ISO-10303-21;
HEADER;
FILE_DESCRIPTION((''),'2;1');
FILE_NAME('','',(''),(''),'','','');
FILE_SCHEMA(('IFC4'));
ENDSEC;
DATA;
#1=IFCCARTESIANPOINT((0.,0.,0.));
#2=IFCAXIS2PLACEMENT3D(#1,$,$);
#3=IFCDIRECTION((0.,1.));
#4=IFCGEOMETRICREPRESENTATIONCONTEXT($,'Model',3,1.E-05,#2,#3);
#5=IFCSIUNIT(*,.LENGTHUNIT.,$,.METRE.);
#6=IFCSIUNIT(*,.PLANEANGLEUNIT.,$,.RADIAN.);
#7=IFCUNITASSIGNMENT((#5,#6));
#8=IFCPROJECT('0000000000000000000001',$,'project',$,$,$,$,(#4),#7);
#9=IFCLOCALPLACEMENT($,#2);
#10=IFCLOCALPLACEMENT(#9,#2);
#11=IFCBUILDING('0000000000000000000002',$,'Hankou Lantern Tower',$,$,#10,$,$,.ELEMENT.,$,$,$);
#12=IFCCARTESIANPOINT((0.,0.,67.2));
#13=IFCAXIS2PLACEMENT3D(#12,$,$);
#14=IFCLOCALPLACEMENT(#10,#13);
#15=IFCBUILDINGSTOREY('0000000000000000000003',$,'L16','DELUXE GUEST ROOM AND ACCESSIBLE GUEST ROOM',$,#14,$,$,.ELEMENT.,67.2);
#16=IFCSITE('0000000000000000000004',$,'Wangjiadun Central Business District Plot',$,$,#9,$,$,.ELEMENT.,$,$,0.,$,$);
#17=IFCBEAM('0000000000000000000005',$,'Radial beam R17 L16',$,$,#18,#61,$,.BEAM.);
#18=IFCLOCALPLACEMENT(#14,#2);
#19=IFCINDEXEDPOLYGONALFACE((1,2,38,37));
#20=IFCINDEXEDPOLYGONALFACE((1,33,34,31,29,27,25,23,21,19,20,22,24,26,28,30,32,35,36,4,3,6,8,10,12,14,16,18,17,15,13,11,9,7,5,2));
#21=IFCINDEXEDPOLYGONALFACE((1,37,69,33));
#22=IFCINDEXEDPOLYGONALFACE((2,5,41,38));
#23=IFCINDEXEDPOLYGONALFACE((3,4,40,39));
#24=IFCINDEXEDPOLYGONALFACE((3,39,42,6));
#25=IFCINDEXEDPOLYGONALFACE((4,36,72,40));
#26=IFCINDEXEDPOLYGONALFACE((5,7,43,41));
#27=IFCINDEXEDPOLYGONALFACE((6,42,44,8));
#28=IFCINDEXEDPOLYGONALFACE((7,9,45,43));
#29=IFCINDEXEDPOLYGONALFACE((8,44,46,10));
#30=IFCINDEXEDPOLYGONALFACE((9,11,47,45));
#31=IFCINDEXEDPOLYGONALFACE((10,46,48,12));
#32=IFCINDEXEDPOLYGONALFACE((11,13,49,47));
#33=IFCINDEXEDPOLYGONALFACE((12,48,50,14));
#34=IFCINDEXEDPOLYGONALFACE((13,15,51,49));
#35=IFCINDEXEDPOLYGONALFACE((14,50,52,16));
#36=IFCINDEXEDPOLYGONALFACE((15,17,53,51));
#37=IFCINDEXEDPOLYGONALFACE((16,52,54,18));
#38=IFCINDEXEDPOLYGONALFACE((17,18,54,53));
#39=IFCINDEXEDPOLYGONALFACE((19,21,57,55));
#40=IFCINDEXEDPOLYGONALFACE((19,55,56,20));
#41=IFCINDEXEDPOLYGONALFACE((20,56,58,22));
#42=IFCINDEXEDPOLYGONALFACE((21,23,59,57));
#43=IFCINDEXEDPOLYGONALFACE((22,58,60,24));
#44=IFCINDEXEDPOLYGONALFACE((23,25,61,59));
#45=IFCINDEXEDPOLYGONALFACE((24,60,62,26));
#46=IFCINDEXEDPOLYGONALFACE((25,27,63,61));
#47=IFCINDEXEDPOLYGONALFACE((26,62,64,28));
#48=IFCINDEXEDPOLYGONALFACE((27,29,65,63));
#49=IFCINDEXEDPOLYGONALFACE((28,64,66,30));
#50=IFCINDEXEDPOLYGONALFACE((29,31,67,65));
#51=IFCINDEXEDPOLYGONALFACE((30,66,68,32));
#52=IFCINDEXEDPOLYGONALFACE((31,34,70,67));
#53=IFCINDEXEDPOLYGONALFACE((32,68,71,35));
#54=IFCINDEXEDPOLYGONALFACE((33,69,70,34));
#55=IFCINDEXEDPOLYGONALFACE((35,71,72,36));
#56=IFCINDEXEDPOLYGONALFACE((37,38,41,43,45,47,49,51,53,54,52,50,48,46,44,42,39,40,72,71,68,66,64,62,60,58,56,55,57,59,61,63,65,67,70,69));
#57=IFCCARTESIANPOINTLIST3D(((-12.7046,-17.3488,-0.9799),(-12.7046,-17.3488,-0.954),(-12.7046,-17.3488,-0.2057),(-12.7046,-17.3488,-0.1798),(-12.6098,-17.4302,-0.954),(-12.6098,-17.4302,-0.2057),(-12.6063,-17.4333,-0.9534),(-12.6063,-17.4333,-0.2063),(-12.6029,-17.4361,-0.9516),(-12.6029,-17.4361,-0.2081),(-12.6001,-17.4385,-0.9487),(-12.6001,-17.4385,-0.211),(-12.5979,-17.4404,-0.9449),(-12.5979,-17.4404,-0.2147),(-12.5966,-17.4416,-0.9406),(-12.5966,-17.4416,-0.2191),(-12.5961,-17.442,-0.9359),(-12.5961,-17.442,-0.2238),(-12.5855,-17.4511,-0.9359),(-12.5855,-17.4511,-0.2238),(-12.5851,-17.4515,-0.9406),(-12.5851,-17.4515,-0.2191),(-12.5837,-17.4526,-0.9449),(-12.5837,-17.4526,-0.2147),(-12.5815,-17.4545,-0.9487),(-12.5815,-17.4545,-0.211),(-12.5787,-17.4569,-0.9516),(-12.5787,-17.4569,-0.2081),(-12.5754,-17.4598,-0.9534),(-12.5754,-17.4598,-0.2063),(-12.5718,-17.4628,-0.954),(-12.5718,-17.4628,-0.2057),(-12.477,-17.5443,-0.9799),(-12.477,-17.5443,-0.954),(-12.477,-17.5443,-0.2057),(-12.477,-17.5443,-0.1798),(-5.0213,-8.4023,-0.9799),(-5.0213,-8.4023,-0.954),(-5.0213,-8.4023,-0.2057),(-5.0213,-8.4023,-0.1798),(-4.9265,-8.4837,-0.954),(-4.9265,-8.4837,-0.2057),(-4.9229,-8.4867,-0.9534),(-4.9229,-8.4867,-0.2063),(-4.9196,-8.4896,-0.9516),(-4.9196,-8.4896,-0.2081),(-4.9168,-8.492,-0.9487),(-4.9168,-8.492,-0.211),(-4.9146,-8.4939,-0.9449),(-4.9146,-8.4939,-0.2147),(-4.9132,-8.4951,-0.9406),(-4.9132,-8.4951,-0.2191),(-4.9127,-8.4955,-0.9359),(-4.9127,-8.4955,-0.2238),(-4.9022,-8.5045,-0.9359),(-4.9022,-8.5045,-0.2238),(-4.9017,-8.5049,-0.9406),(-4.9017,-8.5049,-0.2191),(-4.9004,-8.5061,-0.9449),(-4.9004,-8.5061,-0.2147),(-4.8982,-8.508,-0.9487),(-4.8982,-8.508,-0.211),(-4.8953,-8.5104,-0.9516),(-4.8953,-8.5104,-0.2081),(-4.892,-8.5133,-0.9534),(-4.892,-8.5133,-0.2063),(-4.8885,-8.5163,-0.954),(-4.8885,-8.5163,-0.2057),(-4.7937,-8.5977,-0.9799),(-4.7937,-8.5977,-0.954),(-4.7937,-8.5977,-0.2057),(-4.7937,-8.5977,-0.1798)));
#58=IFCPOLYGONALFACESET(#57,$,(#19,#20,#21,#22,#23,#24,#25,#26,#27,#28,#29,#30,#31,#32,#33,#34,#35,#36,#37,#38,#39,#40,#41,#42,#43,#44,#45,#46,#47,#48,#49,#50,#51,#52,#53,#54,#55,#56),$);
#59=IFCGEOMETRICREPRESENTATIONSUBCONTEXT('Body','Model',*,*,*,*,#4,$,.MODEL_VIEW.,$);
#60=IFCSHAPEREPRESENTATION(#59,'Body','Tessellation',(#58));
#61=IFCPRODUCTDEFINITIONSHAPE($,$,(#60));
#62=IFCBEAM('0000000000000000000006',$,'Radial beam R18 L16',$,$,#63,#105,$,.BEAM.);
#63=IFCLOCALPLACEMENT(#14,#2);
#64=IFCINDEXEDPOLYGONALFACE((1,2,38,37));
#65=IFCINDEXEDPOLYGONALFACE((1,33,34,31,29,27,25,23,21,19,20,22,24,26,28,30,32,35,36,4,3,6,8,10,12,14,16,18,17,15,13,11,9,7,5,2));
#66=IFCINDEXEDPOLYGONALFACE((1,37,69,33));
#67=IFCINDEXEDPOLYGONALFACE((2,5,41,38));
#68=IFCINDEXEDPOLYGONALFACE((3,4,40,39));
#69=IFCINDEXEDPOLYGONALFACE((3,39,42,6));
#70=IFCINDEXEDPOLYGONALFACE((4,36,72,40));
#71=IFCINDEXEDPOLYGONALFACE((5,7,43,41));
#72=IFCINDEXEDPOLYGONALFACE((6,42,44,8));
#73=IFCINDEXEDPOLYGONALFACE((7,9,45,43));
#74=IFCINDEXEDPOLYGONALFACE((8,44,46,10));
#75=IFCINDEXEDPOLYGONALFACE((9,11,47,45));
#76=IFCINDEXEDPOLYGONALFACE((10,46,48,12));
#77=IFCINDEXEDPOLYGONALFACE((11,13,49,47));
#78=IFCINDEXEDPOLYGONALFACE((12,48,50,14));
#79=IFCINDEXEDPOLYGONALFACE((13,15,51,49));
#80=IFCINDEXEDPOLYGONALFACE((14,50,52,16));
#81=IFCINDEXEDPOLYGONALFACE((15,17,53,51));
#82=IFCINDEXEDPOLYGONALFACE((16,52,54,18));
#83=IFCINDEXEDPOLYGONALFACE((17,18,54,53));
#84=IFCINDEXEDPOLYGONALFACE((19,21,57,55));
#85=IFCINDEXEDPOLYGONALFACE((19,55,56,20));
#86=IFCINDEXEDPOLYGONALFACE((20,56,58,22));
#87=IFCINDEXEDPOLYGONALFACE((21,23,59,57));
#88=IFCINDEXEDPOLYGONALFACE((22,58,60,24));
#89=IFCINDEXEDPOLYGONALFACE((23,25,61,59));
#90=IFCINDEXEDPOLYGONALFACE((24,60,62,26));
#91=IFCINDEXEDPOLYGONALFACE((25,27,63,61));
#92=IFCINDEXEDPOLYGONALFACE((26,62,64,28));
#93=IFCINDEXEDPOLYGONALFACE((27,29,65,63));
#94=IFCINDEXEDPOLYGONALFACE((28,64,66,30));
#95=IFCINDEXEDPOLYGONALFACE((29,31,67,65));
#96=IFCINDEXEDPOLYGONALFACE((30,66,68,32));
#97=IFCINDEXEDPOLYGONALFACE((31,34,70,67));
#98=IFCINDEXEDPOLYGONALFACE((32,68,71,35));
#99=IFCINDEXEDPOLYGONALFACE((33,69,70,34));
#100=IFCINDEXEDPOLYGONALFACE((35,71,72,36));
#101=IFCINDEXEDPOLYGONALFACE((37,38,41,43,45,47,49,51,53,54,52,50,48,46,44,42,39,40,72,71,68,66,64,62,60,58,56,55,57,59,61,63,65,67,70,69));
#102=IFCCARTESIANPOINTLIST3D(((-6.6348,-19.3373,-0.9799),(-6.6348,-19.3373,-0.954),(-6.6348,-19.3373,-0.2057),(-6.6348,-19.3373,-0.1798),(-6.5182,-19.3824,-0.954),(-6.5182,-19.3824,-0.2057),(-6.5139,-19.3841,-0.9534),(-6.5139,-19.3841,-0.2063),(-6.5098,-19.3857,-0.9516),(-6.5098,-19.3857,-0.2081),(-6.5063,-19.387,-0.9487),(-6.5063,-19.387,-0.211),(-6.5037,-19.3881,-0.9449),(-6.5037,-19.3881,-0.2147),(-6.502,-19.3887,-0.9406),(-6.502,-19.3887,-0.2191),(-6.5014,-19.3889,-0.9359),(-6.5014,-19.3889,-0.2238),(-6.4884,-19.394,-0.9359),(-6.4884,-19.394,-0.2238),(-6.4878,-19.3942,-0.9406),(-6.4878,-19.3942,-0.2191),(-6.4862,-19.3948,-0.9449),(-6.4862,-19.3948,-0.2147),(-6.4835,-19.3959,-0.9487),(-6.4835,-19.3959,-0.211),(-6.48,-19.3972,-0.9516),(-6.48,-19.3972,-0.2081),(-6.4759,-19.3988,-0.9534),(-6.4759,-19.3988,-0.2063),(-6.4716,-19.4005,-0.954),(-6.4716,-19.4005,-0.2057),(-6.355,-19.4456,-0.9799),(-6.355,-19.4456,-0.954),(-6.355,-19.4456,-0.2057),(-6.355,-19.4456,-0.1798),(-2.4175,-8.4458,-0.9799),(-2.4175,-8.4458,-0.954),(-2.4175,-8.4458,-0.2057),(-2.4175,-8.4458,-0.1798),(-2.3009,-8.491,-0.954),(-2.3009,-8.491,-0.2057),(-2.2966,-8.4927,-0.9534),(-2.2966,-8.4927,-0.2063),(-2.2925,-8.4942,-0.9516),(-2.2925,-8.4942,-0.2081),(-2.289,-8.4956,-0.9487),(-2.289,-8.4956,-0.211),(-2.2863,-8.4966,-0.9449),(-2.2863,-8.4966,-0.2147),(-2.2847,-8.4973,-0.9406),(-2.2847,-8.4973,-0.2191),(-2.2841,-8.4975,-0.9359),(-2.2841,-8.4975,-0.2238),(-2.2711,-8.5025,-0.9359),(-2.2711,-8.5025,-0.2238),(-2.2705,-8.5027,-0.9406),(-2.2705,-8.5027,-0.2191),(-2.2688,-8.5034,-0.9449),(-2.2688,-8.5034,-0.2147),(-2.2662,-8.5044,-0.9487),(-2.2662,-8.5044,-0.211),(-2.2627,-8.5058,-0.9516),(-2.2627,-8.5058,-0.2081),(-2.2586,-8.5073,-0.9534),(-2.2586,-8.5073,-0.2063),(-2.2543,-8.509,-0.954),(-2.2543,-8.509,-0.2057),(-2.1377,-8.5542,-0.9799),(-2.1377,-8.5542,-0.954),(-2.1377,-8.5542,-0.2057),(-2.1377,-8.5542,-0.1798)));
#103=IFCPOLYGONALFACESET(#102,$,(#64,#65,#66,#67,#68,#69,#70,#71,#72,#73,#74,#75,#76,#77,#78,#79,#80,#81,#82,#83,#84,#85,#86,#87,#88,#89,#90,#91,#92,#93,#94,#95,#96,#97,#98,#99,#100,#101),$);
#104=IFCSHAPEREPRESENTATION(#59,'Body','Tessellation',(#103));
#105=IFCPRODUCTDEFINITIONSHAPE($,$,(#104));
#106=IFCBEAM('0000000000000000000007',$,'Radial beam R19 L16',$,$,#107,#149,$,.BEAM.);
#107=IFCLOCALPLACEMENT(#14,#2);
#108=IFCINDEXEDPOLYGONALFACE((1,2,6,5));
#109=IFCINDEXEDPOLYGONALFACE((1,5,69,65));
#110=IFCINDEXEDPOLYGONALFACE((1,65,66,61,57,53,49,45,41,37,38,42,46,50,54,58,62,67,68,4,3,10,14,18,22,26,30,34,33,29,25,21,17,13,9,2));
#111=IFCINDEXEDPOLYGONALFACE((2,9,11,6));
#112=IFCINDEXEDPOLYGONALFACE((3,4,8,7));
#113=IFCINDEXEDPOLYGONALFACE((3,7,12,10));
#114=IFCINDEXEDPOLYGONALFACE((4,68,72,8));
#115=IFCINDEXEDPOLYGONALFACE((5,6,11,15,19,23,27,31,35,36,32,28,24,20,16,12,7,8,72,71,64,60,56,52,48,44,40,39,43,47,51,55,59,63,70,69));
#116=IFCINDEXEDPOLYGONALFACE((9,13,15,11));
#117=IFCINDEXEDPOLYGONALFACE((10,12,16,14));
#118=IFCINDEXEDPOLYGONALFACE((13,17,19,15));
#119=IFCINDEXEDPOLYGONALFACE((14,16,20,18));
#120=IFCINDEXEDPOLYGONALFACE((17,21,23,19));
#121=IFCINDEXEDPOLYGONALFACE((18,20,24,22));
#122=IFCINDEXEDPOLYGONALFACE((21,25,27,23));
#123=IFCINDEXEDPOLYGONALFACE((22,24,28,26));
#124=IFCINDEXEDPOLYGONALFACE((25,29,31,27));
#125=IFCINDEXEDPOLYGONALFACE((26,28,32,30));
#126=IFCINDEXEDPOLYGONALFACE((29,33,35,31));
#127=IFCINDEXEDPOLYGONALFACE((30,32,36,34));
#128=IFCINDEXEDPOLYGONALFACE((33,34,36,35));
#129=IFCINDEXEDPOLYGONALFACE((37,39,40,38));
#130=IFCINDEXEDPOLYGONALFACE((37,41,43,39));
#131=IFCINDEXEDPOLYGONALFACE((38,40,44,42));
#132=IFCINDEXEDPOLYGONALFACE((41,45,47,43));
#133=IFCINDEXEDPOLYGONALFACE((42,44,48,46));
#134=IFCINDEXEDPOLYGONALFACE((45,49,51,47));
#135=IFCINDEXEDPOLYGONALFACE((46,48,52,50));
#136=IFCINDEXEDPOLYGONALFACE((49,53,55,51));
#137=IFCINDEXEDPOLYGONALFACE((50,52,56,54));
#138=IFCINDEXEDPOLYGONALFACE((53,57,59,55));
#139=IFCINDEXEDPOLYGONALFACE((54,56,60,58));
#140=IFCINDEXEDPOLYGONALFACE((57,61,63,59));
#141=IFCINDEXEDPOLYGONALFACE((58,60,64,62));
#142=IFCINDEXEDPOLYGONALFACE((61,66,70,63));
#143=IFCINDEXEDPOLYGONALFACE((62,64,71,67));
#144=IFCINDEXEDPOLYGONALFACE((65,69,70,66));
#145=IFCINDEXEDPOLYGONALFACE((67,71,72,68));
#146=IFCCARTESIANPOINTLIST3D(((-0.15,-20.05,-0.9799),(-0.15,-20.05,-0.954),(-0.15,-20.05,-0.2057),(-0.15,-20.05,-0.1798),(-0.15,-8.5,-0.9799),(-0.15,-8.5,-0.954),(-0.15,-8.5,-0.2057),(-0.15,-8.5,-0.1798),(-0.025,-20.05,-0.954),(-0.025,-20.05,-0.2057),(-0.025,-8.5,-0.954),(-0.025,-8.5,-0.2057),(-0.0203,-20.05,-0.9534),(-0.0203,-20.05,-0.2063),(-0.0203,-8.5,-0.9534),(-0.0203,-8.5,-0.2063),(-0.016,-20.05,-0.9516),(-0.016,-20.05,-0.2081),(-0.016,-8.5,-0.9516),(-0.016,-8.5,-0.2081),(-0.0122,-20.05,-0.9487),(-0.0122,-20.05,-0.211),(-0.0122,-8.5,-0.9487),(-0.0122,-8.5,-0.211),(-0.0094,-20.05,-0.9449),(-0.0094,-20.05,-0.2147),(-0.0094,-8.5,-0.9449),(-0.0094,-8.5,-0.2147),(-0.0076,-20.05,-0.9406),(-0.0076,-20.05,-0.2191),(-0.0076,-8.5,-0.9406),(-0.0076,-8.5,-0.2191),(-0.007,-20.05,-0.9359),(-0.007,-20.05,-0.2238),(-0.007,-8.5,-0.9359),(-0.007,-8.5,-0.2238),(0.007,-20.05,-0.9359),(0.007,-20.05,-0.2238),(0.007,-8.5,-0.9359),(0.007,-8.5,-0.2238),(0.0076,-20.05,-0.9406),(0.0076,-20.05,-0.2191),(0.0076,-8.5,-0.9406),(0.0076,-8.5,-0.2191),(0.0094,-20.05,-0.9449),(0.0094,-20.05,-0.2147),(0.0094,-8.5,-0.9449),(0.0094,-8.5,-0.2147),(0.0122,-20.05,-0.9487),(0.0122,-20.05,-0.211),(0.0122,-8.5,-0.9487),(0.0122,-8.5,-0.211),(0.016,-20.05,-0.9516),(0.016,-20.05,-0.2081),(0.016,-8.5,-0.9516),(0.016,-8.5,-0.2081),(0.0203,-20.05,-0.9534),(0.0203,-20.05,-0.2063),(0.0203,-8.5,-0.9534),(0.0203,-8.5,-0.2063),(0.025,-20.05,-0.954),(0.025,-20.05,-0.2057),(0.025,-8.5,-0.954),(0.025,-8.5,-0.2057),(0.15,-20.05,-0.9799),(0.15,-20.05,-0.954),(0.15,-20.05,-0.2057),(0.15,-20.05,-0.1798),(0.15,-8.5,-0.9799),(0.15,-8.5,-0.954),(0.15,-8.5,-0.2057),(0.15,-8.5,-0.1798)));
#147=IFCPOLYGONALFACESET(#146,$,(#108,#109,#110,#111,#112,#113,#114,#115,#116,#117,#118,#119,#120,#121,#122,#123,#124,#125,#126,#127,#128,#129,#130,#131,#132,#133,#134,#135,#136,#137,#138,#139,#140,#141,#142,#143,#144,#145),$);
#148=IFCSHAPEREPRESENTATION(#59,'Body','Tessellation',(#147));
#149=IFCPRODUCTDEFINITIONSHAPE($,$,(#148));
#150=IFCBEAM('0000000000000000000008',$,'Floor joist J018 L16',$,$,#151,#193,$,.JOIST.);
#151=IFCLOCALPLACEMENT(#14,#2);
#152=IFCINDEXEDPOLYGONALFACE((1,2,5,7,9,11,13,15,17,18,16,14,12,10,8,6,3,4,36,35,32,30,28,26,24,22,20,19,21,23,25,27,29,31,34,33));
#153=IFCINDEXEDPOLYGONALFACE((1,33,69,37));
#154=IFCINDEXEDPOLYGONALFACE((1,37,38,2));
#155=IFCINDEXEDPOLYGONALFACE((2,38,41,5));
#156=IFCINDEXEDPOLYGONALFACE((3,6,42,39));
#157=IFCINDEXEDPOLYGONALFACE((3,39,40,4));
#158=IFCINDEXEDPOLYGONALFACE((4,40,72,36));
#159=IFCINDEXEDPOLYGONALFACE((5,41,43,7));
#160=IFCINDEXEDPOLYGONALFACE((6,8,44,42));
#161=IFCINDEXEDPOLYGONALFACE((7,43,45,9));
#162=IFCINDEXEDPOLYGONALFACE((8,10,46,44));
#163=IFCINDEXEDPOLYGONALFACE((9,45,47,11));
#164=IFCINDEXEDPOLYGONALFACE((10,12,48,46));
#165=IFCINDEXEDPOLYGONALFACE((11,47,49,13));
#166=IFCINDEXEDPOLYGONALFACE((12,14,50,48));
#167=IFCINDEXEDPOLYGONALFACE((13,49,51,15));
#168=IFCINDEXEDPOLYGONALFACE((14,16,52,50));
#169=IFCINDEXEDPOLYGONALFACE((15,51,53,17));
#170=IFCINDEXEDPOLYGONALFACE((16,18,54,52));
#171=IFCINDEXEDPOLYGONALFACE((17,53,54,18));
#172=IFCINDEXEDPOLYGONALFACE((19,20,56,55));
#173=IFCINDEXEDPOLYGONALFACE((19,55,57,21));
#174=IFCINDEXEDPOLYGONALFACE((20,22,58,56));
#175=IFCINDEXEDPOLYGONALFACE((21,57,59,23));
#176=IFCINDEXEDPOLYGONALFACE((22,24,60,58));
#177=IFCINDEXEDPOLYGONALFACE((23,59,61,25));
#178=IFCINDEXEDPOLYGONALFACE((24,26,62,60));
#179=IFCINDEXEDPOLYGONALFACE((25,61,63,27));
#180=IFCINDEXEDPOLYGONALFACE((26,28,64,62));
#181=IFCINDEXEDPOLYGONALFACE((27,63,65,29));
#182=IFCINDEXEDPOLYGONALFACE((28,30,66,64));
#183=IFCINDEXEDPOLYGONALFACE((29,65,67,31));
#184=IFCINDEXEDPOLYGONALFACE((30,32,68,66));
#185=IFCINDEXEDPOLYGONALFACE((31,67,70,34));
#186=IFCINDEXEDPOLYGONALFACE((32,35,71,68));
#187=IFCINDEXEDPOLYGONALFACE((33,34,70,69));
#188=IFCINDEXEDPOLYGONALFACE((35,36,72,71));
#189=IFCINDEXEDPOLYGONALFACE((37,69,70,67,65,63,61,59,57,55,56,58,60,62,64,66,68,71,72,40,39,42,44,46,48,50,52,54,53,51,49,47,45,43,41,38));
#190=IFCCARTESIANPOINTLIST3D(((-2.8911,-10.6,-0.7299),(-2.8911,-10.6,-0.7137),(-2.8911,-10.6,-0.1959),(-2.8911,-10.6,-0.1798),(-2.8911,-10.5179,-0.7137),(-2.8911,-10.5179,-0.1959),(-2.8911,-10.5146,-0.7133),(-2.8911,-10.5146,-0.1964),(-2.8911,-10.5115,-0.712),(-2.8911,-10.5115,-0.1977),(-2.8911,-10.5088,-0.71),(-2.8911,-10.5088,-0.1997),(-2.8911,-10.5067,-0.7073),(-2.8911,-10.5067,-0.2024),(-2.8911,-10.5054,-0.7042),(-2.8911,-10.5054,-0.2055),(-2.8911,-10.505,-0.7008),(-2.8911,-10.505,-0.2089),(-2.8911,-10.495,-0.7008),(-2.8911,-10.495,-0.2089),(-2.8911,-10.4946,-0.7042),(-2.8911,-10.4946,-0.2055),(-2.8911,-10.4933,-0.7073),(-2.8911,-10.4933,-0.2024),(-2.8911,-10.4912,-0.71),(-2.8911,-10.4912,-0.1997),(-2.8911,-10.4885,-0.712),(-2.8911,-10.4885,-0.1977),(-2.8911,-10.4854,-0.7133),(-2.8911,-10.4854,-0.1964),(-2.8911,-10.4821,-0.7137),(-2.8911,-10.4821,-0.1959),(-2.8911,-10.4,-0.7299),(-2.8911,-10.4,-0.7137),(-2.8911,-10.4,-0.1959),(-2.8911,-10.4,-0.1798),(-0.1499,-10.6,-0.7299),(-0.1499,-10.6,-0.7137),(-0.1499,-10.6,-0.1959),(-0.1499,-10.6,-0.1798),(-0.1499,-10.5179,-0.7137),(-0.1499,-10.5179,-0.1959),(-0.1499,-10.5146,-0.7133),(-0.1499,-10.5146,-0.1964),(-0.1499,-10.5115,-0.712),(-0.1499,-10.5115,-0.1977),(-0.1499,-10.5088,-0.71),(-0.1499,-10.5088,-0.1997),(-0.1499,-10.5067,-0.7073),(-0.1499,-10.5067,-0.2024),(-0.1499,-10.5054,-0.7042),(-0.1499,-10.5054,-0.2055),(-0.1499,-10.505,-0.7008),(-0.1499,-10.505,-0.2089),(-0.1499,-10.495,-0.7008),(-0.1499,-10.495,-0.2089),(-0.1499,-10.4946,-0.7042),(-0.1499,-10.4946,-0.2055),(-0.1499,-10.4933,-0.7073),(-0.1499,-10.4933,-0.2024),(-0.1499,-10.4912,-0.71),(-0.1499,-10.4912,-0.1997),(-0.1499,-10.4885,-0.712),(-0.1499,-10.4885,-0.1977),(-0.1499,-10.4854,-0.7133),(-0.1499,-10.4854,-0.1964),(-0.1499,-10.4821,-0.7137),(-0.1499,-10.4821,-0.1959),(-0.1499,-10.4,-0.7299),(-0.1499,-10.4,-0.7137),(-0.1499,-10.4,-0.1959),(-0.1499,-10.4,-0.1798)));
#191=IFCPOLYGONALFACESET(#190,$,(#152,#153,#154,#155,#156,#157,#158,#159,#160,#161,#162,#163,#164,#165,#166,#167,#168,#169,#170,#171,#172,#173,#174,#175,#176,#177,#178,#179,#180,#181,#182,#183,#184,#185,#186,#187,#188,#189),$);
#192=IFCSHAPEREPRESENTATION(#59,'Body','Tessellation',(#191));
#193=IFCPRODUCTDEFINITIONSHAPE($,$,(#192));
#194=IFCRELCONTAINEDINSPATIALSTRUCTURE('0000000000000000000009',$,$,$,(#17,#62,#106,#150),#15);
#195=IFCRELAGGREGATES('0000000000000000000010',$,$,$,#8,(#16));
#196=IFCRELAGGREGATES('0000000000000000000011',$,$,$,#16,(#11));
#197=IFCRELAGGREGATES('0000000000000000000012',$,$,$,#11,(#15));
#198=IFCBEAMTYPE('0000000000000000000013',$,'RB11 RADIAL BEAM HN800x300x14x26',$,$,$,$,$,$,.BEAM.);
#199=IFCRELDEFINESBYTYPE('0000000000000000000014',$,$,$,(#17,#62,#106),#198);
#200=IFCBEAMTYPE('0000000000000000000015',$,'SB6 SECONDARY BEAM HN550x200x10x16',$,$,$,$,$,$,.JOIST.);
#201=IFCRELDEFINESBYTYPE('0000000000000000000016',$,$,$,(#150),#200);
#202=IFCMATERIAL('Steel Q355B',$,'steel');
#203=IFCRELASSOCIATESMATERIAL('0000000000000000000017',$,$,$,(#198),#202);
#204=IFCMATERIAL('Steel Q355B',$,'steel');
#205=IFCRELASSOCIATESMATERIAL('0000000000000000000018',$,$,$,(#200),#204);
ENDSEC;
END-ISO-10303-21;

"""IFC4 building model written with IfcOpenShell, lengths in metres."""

from ifc_helpers import new_model, si_unit, direction, frame, origin, origin_2d, place, context, subcontext, project, spatial, i_section, extrude, material, material_profile, profile_set, type_object, element, save


model = new_model("IFC4")

# Units and contexts
model_context = context("Model", 3, precision=1e-05, world=origin(), true_north=direction((0.0, 1.0)))
body_context = subcontext(model_context, "Body", "Model", "MODEL_VIEW")
ifc_project = project(units=[si_unit("LENGTHUNIT", "METRE"), si_unit("PLANEANGLEUNIT", "RADIAN")], contexts=[model_context])

# Site, building, storey
site_placement = place(None, origin())
site = spatial("IfcSite", under=ifc_project, at=site_placement, Name="Wangjiadun Central Business District Plot", CompositionType="ELEMENT", RefElevation=0.0)
building_placement = place(site_placement, origin())
building = spatial("IfcBuilding", under=site, at=building_placement, Name="Hankou Lantern Tower", CompositionType="ELEMENT")
storey_placement = place(building_placement, frame((0.0, 0.0, 67.2)))
storey = spatial("IfcBuildingStorey", under=building, at=storey_placement, Name="L16", Description="DELUXE GUEST ROOM AND ACCESSIBLE GUEST ROOM", CompositionType="ELEMENT", Elevation=67.2)

# Beams
ifc_material_1 = material(Name="Steel Q355B", Category="steel")
ifc_material_profile_1 = material_profile(ifc_material_1, i_section(OverallWidth=0.3, OverallDepth=0.8, WebThickness=0.0139, FlangeThickness=0.0259, FilletRadius=0.0181, at=origin_2d()), Name="HN800x300x14x26")
ifc_profile_set_1 = profile_set([ifc_material_profile_1], Name="Steel Q355B")
beam_type_1 = type_object("IfcBeamType", Name="RB11 RADIAL BEAM HN800x300x14x26", PredefinedType="BEAM", material=ifc_profile_set_1)
beam_1_placement = place(storey_placement, frame((-4.9075, -8.5, -0.5798), z_axis=(-0.651519, -0.758632, 0.0), x_axis=(0.758632, -0.651519, 0.0)))
element("IfcBeam", 1, at=beam_1_placement, inside=storey, type_object=beam_type_1, Name="Radial beam R17 L16", PredefinedType="BEAM", context=body_context, shape_type="SweptSolid", body=[
    extrude(i_section(OverallWidth=0.3, OverallDepth=0.8, WebThickness=0.0139, FlangeThickness=0.0259, FilletRadius=0.0181, at=origin_2d()), origin(), (0.0, 0.0, 1.0), 11.793),
])
beam_2_placement = place(storey_placement, frame((-2.2776, -8.5, -0.5798), z_axis=(-0.361089, -0.932531, 0.0), x_axis=(0.932531, -0.361089, 0.0)))
element("IfcBeam", 2, at=beam_2_placement, inside=storey, type_object=beam_type_1, Name="Radial beam R18 L16", PredefinedType="BEAM", context=body_context, shape_type="SweptSolid", body=[
    extrude(i_section(OverallWidth=0.3, OverallDepth=0.8, WebThickness=0.0139, FlangeThickness=0.0259, FilletRadius=0.0181, at=origin_2d()), origin(), (0.0, 0.0, 1.0), 11.6794),
])
beam_3_placement = place(storey_placement, frame((0.0, -8.5, -0.5798), z_axis=(0.0, -1.0, 0.0), x_axis=(1.0, 0.0, 0.0)))
element("IfcBeam", 3, at=beam_3_placement, inside=storey, type_object=beam_type_1, Name="Radial beam R19 L16", PredefinedType="BEAM", context=body_context, shape_type="SweptSolid", body=[
    extrude(i_section(OverallWidth=0.3, OverallDepth=0.8, WebThickness=0.0139, FlangeThickness=0.0259, FilletRadius=0.0181, at=origin_2d()), origin(), (0.0, 0.0, 1.0), 11.55),
])
ifc_material_2 = material(Name="Steel Q355B", Category="steel")
ifc_material_profile_2 = material_profile(ifc_material_2, i_section(OverallWidth=0.2, OverallDepth=0.55, WebThickness=0.01, FlangeThickness=0.0161, FilletRadius=0.0129, at=origin_2d()), Name="HN550x200x10x16")
ifc_profile_set_2 = profile_set([ifc_material_profile_2], Name="Steel Q355B")
beam_type_2 = type_object("IfcBeamType", Name="SB6 SECONDARY BEAM HN550x200x10x16", PredefinedType="JOIST", material=ifc_profile_set_2)
beam_4_placement = place(storey_placement, frame((-2.8911, -10.5, -0.4548), z_axis=(1.0, 0.0, 0.0), x_axis=(0.0, 1.0, 0.0)))
element("IfcBeam", 4, at=beam_4_placement, inside=storey, type_object=beam_type_2, Name="Floor joist J018 L16", PredefinedType="JOIST", context=body_context, shape_type="SweptSolid", body=[
    extrude(i_section(OverallWidth=0.2, OverallDepth=0.55, WebThickness=0.01, FlangeThickness=0.0161, FilletRadius=0.0129, at=origin_2d()), origin(), (0.0, 0.0, 1.0), 2.7412),
])

save(model, "model.ifc")
